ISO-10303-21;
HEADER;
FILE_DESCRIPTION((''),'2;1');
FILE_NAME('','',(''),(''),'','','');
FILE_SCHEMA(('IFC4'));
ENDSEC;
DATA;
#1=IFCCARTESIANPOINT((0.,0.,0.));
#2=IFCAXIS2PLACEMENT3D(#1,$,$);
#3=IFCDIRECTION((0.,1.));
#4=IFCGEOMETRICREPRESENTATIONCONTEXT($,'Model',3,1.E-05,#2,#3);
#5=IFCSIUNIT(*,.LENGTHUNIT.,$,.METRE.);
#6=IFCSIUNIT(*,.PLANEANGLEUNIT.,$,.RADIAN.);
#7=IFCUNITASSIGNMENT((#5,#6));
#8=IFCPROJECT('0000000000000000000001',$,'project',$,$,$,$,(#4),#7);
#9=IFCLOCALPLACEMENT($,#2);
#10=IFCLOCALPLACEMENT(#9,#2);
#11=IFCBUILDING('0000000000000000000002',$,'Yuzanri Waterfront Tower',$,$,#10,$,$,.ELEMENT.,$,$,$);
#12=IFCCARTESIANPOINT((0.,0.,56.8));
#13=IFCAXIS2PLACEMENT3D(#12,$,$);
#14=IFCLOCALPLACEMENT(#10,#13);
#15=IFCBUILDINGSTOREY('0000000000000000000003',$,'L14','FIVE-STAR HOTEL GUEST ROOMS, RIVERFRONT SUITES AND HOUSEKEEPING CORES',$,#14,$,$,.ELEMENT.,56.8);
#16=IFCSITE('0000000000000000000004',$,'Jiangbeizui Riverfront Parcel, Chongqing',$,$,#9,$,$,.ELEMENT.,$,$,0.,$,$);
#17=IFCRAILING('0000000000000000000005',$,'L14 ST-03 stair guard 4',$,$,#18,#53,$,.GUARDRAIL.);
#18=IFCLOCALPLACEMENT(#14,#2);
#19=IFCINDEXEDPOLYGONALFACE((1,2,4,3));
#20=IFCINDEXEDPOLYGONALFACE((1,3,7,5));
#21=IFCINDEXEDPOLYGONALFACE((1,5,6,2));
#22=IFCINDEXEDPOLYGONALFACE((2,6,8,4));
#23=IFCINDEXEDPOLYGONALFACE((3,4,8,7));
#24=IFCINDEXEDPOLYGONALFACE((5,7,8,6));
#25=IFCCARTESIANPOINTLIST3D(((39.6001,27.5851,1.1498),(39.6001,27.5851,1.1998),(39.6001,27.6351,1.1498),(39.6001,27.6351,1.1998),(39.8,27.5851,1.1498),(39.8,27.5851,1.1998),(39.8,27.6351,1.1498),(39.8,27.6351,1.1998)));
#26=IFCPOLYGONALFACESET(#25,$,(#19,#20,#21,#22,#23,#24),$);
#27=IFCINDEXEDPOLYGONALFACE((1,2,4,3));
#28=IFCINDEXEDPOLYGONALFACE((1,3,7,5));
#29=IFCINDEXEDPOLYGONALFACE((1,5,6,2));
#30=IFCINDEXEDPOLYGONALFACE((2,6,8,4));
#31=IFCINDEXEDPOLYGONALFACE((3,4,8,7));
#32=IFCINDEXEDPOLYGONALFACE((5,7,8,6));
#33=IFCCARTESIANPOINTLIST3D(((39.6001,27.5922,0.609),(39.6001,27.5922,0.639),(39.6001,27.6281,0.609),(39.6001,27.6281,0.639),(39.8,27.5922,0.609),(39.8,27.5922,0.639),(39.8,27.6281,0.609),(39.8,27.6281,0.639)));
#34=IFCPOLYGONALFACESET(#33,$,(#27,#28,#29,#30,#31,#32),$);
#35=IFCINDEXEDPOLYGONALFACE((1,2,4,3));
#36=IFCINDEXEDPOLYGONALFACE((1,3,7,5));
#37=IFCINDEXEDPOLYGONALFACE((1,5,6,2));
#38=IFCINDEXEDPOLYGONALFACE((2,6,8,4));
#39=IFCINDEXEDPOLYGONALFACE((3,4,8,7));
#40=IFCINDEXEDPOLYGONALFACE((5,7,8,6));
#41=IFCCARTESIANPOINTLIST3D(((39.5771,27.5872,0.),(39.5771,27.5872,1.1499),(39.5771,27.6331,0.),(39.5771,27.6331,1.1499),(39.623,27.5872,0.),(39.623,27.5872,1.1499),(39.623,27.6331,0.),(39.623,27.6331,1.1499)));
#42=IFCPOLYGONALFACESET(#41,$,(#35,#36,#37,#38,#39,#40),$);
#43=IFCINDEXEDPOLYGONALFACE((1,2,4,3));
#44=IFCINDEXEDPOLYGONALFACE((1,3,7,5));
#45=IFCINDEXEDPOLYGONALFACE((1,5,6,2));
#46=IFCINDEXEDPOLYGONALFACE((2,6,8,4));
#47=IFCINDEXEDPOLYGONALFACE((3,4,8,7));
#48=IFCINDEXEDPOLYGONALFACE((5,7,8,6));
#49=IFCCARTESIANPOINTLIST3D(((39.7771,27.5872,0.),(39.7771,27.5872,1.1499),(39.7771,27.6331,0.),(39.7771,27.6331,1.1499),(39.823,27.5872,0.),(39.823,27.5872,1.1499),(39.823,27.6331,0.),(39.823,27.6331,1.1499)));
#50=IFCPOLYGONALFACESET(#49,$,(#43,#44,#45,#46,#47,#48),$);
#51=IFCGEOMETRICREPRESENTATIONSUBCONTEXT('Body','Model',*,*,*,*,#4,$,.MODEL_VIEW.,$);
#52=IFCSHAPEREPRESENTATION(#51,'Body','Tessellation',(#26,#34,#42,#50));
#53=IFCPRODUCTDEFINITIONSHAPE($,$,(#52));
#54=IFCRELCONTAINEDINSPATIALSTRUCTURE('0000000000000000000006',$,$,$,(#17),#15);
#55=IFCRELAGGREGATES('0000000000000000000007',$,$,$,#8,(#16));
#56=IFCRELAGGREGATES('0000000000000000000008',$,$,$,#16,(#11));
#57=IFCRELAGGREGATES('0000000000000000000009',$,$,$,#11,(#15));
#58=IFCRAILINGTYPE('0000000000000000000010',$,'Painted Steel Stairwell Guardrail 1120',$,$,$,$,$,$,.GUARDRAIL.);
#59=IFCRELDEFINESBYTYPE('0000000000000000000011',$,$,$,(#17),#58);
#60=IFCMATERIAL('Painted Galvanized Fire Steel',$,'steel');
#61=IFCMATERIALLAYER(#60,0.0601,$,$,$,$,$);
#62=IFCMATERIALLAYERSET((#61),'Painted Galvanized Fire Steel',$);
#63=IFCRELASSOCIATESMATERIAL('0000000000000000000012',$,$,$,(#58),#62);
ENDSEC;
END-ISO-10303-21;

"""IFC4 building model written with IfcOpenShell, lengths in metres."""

from ifc_helpers import new_model, si_unit, direction, frame, origin, origin_2d, place, context, subcontext, project, spatial, rectangle, extrude, source, transform, mapped, material, layer, layer_set, type_object, element, save


model = new_model("IFC4")

# Units and contexts
model_context = context("Model", 3, precision=1e-05, world=origin(), true_north=direction((0.0, 1.0)))
body_context = subcontext(model_context, "Body", "Model", "MODEL_VIEW")
ifc_project = project(units=[si_unit("LENGTHUNIT", "METRE"), si_unit("PLANEANGLEUNIT", "RADIAN")], contexts=[model_context])

# Site, building, storey
site_placement = place(None, origin())
site = spatial("IfcSite", under=ifc_project, at=site_placement, Name="Jiangbeizui Riverfront Parcel, Chongqing", CompositionType="ELEMENT", RefElevation=0.0)
building_placement = place(site_placement, origin())
building = spatial("IfcBuilding", under=site, at=building_placement, Name="Yuzanri Waterfront Tower", CompositionType="ELEMENT")
storey_placement = place(building_placement, frame((0.0, 0.0, 56.8)))
storey = spatial("IfcBuildingStorey", under=building, at=storey_placement, Name="L14", Description="FIVE-STAR HOTEL GUEST ROOMS, RIVERFRONT SUITES AND HOUSEKEEPING CORES", CompositionType="ELEMENT", Elevation=56.8)

# Railing
ifc_material_1 = material(Name="Painted Galvanized Fire Steel", Category="steel")
ifc_layer_1 = layer(ifc_material_1, 0.0601)
ifc_layer_set_1 = layer_set([ifc_layer_1], Name="Painted Galvanized Fire Steel")
railing_type_1 = type_object("IfcRailingType", Name="Painted Steel Stairwell Guardrail 1120", PredefinedType="GUARDRAIL", material=ifc_layer_set_1)
shared_shape_1 = source(origin(), body_context, "Body", "SweptSolid", [
    extrude(rectangle(XDim=0.05, YDim=0.05, at=origin_2d()), frame((0.0, 0.0, 1.1748), z_axis=(1.0, 0.0, 0.0), x_axis=(0.0, 1.0, 0.0)), (0.0, 0.0, 1.0), 0.2),
    extrude(rectangle(XDim=0.0359, YDim=0.03, at=origin_2d()), frame((0.0, 0.0, 0.624), z_axis=(1.0, 0.0, 0.0), x_axis=(0.0, 1.0, 0.0)), (0.0, 0.0, 1.0), 0.2),
    extrude(rectangle(XDim=0.0459, YDim=0.0459, at=origin_2d()), origin(), (0.0, 0.0, 1.0), 1.1499),
    extrude(rectangle(XDim=0.0459, YDim=0.0459, at=origin_2d()), frame((0.2, 0.0, 0.0)), (0.0, 0.0, 1.0), 1.1499),
])
for number, where, name in (
    (1, (39.6001, 27.6101, 0.0), "L14 ST-03 stair guard 4"),
):
    element("IfcRailing", number, at=place(storey_placement, frame(where)), inside=storey, type_object=railing_type_1, Name=name, PredefinedType="GUARDRAIL", context=body_context, shape_type="MappedRepresentation", body=[
        mapped(shared_shape_1, transform((0.0, 0.0, 0.0), scale=1.0)),
    ])

save(model, "model.ifc")
